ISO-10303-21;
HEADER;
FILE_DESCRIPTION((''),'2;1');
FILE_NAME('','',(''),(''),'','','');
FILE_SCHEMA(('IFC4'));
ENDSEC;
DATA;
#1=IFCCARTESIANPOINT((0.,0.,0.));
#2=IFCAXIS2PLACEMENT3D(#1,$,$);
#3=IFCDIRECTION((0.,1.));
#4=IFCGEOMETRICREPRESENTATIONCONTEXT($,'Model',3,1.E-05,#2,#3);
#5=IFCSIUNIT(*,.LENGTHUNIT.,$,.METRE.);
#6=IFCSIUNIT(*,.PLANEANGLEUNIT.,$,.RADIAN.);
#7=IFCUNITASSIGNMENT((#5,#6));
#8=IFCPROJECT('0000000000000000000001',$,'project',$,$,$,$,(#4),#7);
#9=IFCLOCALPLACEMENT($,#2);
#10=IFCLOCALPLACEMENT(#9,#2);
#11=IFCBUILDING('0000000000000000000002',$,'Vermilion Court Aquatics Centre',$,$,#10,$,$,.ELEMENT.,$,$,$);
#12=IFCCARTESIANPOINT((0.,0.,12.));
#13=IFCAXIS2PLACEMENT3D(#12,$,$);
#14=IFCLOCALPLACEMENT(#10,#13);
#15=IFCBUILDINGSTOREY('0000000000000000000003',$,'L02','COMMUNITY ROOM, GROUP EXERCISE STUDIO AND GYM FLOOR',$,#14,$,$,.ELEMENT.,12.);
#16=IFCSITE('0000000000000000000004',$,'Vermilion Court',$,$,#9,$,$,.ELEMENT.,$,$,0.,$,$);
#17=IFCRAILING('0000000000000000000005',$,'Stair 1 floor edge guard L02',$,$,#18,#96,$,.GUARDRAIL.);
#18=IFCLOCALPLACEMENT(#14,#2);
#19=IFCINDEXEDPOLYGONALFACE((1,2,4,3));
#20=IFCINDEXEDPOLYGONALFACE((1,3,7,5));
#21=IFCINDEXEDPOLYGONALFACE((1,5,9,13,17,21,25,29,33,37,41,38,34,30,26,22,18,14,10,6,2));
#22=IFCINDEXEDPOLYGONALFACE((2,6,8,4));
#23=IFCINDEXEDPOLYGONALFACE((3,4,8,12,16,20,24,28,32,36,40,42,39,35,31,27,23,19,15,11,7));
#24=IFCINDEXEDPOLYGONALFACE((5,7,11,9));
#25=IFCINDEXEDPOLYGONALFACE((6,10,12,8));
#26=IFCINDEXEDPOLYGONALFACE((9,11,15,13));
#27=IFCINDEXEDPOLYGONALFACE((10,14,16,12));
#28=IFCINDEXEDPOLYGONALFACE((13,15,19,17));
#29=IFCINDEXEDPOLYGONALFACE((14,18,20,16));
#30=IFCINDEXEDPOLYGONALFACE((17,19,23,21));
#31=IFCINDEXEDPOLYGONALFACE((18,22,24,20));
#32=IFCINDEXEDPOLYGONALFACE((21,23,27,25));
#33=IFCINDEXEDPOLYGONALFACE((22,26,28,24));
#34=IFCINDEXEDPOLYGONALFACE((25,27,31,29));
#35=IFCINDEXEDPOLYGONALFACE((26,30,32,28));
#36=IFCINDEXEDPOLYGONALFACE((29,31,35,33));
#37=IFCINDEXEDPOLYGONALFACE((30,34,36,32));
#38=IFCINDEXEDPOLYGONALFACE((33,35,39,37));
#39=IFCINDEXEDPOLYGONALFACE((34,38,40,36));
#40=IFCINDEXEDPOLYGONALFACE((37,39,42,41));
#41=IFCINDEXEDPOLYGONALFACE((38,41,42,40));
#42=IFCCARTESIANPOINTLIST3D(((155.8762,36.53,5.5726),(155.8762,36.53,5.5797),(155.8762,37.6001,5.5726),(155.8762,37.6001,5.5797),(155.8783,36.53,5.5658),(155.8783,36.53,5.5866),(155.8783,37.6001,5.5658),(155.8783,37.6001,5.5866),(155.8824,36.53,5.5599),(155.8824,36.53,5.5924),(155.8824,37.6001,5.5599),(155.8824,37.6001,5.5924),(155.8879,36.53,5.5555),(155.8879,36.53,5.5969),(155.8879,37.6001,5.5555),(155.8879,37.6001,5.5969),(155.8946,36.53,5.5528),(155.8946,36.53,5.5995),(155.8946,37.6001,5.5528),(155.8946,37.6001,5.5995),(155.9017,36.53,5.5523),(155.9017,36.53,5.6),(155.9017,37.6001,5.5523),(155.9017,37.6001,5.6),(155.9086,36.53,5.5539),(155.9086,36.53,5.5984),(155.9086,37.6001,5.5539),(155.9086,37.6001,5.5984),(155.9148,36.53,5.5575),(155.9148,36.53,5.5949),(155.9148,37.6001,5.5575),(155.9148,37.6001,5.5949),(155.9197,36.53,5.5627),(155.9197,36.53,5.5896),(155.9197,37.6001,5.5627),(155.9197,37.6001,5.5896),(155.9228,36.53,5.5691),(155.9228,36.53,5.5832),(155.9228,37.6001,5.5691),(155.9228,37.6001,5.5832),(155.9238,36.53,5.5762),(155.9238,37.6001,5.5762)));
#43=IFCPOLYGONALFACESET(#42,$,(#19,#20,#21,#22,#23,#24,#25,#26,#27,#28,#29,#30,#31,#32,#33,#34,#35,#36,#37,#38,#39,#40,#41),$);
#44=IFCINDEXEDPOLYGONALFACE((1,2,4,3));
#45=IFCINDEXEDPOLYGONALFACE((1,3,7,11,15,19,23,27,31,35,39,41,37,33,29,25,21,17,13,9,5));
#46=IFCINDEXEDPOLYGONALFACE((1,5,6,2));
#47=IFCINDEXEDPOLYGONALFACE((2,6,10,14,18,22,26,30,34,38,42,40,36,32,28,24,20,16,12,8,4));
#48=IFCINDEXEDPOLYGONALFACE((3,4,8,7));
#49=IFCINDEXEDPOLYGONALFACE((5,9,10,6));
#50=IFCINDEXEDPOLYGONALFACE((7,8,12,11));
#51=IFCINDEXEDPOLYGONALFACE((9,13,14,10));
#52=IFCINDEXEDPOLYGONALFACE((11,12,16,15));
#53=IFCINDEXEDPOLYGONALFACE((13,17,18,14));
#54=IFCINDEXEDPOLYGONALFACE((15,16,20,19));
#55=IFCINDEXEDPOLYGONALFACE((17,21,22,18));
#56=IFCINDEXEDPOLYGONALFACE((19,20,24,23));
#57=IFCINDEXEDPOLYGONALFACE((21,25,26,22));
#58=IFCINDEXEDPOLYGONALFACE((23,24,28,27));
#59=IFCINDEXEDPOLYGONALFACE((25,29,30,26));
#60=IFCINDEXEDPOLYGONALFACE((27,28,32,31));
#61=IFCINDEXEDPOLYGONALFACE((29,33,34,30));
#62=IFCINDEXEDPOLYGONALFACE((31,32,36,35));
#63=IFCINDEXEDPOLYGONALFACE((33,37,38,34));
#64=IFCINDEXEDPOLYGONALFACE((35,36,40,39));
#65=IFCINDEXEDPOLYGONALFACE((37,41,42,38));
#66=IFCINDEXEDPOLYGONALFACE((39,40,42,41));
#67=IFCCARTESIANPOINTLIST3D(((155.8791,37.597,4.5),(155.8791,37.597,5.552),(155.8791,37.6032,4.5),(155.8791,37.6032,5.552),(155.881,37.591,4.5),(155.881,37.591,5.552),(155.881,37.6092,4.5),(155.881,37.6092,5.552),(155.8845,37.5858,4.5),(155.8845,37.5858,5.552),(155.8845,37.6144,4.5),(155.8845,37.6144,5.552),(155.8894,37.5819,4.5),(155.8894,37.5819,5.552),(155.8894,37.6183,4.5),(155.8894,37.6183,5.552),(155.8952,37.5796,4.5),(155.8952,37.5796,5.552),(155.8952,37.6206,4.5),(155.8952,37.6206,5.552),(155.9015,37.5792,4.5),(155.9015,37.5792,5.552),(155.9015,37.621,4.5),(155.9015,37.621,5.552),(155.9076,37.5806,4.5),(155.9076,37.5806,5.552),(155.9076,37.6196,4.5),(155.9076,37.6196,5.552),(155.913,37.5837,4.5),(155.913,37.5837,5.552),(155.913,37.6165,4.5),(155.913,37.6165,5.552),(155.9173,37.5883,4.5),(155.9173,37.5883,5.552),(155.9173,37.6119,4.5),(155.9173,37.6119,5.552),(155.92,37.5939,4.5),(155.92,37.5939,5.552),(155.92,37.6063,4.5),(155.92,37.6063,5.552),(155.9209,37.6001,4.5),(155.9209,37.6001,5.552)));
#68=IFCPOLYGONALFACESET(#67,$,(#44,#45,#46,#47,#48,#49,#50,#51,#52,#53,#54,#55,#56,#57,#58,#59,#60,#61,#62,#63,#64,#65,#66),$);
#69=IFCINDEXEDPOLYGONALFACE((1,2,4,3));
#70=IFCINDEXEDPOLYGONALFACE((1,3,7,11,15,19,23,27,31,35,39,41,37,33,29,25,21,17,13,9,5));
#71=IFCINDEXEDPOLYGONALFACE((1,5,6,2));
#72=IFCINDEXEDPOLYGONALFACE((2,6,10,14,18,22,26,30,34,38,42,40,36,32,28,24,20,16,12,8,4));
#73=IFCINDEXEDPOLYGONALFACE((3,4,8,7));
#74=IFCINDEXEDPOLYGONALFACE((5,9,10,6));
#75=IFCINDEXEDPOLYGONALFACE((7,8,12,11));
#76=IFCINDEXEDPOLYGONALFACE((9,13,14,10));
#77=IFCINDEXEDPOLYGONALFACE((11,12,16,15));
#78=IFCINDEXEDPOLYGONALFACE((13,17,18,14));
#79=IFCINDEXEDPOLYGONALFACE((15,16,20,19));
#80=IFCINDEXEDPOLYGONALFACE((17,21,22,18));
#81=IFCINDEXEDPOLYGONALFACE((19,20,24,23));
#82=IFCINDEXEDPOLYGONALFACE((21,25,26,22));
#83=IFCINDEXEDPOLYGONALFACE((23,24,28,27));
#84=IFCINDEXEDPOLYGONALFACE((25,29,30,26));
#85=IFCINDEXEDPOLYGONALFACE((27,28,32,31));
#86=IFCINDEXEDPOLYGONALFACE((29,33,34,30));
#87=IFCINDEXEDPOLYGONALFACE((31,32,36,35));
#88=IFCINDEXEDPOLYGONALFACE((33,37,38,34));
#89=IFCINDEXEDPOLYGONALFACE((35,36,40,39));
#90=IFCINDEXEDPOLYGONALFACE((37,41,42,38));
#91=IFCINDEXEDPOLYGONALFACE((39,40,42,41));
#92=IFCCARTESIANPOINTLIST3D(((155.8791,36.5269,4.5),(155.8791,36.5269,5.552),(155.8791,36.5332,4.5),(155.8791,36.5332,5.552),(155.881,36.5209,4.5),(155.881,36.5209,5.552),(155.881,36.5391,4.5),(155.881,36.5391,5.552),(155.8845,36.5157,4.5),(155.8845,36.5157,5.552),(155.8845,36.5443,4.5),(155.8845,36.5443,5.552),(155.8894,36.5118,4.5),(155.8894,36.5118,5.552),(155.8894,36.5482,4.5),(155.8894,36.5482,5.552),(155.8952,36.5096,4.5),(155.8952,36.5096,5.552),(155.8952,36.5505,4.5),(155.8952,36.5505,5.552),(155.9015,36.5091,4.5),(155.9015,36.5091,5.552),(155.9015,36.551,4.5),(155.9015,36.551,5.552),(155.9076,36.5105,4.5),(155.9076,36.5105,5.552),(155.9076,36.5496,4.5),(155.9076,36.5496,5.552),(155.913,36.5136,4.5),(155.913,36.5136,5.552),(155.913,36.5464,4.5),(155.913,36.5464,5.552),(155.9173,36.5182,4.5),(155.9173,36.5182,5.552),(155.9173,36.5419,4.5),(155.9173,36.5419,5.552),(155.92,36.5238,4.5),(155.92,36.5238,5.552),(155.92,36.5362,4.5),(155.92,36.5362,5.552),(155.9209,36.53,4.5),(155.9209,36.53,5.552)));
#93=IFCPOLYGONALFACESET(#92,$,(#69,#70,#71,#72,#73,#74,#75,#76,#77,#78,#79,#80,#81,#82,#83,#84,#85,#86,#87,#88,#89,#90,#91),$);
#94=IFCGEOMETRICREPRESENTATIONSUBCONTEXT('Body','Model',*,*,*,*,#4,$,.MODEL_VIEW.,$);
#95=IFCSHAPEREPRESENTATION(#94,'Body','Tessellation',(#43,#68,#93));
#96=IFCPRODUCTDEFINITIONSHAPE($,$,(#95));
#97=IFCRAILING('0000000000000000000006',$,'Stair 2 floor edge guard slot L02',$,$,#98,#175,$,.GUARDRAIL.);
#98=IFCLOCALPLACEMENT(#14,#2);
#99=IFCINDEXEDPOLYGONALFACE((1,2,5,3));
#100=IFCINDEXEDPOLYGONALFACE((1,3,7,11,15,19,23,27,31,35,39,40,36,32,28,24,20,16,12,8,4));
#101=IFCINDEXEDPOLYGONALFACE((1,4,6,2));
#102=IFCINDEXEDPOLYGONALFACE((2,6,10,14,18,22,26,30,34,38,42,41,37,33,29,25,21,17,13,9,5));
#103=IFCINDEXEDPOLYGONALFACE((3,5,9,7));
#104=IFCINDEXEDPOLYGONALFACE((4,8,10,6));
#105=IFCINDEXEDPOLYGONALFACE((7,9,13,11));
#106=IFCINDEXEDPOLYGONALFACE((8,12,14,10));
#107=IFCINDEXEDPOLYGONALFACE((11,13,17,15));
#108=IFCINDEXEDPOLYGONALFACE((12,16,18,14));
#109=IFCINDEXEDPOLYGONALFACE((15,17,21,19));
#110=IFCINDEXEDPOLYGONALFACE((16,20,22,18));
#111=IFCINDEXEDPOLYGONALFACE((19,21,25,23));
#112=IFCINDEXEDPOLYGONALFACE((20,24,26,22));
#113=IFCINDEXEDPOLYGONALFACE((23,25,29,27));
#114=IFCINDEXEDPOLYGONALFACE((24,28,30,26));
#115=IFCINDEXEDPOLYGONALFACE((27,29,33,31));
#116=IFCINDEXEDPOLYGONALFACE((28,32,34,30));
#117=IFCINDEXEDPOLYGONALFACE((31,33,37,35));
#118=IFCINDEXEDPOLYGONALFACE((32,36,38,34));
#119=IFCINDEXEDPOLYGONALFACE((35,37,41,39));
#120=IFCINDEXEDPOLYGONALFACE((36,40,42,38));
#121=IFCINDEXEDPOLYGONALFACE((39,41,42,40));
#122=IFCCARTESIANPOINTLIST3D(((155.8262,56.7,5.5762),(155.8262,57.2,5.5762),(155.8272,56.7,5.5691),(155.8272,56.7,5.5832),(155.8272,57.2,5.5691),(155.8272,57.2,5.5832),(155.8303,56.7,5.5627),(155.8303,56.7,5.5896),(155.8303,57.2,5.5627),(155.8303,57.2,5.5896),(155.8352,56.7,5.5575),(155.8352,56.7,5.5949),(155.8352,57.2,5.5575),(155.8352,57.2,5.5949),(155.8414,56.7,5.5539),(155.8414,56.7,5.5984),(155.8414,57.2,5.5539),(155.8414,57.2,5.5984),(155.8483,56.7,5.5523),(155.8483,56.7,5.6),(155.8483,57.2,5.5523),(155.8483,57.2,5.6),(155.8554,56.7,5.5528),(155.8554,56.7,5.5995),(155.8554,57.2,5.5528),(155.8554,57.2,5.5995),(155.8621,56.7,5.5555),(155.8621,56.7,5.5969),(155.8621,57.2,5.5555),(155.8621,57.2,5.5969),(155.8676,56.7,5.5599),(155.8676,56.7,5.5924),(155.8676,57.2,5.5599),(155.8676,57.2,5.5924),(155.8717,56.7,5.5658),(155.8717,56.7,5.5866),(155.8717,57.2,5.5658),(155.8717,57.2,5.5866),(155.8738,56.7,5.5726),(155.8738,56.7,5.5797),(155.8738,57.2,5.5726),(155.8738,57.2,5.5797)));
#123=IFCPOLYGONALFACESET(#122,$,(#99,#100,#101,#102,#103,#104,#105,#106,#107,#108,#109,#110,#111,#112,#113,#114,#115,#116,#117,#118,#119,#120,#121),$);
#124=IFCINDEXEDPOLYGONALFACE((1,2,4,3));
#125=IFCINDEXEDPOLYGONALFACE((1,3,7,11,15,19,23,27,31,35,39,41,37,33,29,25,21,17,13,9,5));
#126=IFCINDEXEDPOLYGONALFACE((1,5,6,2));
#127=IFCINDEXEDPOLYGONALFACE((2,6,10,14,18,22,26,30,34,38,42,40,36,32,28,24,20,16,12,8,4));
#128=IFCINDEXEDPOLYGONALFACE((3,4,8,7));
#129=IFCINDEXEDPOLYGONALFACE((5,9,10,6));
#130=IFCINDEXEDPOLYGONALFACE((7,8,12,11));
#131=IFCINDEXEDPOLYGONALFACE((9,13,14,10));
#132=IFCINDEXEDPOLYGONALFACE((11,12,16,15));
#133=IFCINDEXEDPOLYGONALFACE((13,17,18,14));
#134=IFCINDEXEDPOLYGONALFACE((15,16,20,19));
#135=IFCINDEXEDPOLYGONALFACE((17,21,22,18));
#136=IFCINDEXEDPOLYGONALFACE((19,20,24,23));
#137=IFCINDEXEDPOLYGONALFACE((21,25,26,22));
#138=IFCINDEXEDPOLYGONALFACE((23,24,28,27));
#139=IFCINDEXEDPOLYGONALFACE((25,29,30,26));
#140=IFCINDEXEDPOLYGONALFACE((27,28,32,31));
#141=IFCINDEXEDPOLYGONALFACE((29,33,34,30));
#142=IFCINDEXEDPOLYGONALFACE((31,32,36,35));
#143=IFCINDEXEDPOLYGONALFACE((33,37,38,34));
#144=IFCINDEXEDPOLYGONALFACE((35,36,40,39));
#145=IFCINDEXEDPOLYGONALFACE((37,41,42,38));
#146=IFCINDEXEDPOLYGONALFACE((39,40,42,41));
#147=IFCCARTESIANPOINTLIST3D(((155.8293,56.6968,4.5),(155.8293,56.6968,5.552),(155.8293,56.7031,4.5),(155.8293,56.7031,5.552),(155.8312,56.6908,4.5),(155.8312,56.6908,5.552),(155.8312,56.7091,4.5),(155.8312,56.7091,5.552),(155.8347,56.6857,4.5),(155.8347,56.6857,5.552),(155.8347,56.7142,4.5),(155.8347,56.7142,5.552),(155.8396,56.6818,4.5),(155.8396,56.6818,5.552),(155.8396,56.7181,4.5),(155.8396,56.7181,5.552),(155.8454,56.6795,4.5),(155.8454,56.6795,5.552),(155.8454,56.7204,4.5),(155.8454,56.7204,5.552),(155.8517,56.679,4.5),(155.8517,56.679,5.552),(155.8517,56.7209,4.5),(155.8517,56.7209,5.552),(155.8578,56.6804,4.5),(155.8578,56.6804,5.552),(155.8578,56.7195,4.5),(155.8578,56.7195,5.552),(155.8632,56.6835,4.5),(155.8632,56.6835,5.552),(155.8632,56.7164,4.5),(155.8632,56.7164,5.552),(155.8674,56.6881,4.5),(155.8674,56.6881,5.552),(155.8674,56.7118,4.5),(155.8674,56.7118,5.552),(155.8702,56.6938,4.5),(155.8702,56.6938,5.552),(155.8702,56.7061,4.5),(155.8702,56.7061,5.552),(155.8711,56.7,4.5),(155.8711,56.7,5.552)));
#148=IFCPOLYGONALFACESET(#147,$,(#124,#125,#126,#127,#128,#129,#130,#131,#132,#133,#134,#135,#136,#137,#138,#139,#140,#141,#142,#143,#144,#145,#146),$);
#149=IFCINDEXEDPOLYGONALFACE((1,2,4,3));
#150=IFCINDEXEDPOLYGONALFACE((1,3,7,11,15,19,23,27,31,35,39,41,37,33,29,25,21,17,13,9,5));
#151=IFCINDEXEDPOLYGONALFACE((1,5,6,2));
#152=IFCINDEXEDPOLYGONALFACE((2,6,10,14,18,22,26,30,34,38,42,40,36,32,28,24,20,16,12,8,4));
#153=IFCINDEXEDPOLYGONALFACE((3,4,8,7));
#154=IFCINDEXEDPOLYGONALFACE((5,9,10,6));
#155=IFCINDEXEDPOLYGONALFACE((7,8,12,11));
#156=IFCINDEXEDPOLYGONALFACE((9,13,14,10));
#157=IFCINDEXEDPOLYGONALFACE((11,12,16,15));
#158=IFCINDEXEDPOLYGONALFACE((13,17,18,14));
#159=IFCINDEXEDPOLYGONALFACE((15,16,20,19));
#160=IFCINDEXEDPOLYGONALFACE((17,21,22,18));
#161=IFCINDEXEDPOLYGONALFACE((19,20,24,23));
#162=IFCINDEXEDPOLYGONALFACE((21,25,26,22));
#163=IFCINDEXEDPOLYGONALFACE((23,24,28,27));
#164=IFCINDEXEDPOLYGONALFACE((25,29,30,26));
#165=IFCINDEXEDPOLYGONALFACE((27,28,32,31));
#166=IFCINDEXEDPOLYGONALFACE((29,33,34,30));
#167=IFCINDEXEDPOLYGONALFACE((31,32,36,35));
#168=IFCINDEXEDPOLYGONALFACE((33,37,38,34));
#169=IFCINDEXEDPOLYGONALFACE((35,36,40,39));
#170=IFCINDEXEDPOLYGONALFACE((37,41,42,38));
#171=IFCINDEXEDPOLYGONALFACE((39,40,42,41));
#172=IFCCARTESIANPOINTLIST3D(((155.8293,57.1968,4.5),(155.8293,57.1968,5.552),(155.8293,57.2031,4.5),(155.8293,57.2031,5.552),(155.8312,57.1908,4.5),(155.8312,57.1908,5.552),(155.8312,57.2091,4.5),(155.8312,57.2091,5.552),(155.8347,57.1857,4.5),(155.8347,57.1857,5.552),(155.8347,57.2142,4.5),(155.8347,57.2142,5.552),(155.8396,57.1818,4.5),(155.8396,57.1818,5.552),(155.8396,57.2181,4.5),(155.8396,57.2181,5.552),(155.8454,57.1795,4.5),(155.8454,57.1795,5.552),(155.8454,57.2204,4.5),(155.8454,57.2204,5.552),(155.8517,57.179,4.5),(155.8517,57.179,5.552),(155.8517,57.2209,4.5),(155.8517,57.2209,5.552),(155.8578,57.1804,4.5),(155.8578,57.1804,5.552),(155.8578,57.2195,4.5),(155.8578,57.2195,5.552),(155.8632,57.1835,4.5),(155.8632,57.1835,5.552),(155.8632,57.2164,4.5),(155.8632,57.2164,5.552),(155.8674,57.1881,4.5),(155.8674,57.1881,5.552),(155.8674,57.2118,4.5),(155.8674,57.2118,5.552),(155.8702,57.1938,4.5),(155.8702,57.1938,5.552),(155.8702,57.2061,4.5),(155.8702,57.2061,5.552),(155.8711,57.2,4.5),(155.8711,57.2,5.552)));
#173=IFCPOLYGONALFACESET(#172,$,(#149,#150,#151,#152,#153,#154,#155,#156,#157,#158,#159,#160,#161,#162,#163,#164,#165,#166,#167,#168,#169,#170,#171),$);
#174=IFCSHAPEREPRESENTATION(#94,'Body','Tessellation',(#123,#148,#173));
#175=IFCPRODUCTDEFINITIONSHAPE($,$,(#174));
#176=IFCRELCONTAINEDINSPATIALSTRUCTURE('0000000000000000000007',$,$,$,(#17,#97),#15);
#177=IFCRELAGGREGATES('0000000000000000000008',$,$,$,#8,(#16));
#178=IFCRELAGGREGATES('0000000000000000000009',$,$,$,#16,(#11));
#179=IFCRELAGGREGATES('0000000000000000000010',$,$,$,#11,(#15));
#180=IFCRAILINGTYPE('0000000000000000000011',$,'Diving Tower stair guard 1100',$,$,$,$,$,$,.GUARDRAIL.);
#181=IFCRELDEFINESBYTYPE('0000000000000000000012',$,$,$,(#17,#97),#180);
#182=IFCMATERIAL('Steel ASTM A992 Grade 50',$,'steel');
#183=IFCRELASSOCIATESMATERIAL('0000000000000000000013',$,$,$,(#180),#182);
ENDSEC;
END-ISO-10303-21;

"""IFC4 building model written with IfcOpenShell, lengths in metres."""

from ifc_helpers import new_model, si_unit, direction, frame, origin, origin_2d, place, context, subcontext, project, spatial, circle, extrude, material, type_object, element, save


model = new_model("IFC4")

# Units and contexts
model_context = context("Model", 3, precision=1e-05, world=origin(), true_north=direction((0.0, 1.0)))
body_context = subcontext(model_context, "Body", "Model", "MODEL_VIEW")
ifc_project = project(units=[si_unit("LENGTHUNIT", "METRE"), si_unit("PLANEANGLEUNIT", "RADIAN")], contexts=[model_context])

# Site, building, storey
site_placement = place(None, origin())
site = spatial("IfcSite", under=ifc_project, at=site_placement, Name="Vermilion Court", CompositionType="ELEMENT", RefElevation=0.0)
building_placement = place(site_placement, origin())
building = spatial("IfcBuilding", under=site, at=building_placement, Name="Vermilion Court Aquatics Centre", CompositionType="ELEMENT")
storey_placement = place(building_placement, frame((0.0, 0.0, 12.0)))
storey = spatial("IfcBuildingStorey", under=building, at=storey_placement, Name="L02", Description="COMMUNITY ROOM, GROUP EXERCISE STUDIO AND GYM FLOOR", CompositionType="ELEMENT", Elevation=12.0)

# Railings
ifc_material_1 = material(Name="Steel ASTM A992 Grade 50", Category="steel")
railing_type_1 = type_object("IfcRailingType", Name="Diving Tower stair guard 1100", PredefinedType="GUARDRAIL", material=ifc_material_1)
railing_1_placement = place(storey_placement, frame((155.8999, 37.6001, 4.5)))
element("IfcRailing", 1, at=railing_1_placement, inside=storey, type_object=railing_type_1, Name="Stair 1 floor edge guard L02", PredefinedType="GUARDRAIL", context=body_context, shape_type="SweptSolid", body=[
    extrude(circle(Radius=0.0239, at=origin_2d()), frame((0.0, 0.0, 1.0762), z_axis=(0.0, -1.0, 0.0), x_axis=(1.0, 0.0, 0.0)), (0.0, 0.0, 1.0), 1.0701),
    extrude(circle(Radius=0.021, at=origin_2d()), origin(), (0.0, 0.0, 1.0), 1.052),
    extrude(circle(Radius=0.021, at=origin_2d()), frame((0.0, -1.0701, 0.0)), (0.0, 0.0, 1.0), 1.052),
])
railing_2_placement = place(storey_placement, frame((155.8501, 56.7, 4.5)))
element("IfcRailing", 2, at=railing_2_placement, inside=storey, type_object=railing_type_1, Name="Stair 2 floor edge guard slot L02", PredefinedType="GUARDRAIL", context=body_context, shape_type="SweptSolid", body=[
    extrude(circle(Radius=0.0239, at=origin_2d()), frame((0.0, 0.0, 1.0762), z_axis=(0.0, 1.0, 0.0), x_axis=(-1.0, 0.0, 0.0)), (0.0, 0.0, 1.0), 0.5),
    extrude(circle(Radius=0.021, at=origin_2d()), origin(), (0.0, 0.0, 1.0), 1.052),
    extrude(circle(Radius=0.021, at=origin_2d()), frame((0.0, 0.5, 0.0)), (0.0, 0.0, 1.0), 1.052),
])

save(model, "model.ifc")
